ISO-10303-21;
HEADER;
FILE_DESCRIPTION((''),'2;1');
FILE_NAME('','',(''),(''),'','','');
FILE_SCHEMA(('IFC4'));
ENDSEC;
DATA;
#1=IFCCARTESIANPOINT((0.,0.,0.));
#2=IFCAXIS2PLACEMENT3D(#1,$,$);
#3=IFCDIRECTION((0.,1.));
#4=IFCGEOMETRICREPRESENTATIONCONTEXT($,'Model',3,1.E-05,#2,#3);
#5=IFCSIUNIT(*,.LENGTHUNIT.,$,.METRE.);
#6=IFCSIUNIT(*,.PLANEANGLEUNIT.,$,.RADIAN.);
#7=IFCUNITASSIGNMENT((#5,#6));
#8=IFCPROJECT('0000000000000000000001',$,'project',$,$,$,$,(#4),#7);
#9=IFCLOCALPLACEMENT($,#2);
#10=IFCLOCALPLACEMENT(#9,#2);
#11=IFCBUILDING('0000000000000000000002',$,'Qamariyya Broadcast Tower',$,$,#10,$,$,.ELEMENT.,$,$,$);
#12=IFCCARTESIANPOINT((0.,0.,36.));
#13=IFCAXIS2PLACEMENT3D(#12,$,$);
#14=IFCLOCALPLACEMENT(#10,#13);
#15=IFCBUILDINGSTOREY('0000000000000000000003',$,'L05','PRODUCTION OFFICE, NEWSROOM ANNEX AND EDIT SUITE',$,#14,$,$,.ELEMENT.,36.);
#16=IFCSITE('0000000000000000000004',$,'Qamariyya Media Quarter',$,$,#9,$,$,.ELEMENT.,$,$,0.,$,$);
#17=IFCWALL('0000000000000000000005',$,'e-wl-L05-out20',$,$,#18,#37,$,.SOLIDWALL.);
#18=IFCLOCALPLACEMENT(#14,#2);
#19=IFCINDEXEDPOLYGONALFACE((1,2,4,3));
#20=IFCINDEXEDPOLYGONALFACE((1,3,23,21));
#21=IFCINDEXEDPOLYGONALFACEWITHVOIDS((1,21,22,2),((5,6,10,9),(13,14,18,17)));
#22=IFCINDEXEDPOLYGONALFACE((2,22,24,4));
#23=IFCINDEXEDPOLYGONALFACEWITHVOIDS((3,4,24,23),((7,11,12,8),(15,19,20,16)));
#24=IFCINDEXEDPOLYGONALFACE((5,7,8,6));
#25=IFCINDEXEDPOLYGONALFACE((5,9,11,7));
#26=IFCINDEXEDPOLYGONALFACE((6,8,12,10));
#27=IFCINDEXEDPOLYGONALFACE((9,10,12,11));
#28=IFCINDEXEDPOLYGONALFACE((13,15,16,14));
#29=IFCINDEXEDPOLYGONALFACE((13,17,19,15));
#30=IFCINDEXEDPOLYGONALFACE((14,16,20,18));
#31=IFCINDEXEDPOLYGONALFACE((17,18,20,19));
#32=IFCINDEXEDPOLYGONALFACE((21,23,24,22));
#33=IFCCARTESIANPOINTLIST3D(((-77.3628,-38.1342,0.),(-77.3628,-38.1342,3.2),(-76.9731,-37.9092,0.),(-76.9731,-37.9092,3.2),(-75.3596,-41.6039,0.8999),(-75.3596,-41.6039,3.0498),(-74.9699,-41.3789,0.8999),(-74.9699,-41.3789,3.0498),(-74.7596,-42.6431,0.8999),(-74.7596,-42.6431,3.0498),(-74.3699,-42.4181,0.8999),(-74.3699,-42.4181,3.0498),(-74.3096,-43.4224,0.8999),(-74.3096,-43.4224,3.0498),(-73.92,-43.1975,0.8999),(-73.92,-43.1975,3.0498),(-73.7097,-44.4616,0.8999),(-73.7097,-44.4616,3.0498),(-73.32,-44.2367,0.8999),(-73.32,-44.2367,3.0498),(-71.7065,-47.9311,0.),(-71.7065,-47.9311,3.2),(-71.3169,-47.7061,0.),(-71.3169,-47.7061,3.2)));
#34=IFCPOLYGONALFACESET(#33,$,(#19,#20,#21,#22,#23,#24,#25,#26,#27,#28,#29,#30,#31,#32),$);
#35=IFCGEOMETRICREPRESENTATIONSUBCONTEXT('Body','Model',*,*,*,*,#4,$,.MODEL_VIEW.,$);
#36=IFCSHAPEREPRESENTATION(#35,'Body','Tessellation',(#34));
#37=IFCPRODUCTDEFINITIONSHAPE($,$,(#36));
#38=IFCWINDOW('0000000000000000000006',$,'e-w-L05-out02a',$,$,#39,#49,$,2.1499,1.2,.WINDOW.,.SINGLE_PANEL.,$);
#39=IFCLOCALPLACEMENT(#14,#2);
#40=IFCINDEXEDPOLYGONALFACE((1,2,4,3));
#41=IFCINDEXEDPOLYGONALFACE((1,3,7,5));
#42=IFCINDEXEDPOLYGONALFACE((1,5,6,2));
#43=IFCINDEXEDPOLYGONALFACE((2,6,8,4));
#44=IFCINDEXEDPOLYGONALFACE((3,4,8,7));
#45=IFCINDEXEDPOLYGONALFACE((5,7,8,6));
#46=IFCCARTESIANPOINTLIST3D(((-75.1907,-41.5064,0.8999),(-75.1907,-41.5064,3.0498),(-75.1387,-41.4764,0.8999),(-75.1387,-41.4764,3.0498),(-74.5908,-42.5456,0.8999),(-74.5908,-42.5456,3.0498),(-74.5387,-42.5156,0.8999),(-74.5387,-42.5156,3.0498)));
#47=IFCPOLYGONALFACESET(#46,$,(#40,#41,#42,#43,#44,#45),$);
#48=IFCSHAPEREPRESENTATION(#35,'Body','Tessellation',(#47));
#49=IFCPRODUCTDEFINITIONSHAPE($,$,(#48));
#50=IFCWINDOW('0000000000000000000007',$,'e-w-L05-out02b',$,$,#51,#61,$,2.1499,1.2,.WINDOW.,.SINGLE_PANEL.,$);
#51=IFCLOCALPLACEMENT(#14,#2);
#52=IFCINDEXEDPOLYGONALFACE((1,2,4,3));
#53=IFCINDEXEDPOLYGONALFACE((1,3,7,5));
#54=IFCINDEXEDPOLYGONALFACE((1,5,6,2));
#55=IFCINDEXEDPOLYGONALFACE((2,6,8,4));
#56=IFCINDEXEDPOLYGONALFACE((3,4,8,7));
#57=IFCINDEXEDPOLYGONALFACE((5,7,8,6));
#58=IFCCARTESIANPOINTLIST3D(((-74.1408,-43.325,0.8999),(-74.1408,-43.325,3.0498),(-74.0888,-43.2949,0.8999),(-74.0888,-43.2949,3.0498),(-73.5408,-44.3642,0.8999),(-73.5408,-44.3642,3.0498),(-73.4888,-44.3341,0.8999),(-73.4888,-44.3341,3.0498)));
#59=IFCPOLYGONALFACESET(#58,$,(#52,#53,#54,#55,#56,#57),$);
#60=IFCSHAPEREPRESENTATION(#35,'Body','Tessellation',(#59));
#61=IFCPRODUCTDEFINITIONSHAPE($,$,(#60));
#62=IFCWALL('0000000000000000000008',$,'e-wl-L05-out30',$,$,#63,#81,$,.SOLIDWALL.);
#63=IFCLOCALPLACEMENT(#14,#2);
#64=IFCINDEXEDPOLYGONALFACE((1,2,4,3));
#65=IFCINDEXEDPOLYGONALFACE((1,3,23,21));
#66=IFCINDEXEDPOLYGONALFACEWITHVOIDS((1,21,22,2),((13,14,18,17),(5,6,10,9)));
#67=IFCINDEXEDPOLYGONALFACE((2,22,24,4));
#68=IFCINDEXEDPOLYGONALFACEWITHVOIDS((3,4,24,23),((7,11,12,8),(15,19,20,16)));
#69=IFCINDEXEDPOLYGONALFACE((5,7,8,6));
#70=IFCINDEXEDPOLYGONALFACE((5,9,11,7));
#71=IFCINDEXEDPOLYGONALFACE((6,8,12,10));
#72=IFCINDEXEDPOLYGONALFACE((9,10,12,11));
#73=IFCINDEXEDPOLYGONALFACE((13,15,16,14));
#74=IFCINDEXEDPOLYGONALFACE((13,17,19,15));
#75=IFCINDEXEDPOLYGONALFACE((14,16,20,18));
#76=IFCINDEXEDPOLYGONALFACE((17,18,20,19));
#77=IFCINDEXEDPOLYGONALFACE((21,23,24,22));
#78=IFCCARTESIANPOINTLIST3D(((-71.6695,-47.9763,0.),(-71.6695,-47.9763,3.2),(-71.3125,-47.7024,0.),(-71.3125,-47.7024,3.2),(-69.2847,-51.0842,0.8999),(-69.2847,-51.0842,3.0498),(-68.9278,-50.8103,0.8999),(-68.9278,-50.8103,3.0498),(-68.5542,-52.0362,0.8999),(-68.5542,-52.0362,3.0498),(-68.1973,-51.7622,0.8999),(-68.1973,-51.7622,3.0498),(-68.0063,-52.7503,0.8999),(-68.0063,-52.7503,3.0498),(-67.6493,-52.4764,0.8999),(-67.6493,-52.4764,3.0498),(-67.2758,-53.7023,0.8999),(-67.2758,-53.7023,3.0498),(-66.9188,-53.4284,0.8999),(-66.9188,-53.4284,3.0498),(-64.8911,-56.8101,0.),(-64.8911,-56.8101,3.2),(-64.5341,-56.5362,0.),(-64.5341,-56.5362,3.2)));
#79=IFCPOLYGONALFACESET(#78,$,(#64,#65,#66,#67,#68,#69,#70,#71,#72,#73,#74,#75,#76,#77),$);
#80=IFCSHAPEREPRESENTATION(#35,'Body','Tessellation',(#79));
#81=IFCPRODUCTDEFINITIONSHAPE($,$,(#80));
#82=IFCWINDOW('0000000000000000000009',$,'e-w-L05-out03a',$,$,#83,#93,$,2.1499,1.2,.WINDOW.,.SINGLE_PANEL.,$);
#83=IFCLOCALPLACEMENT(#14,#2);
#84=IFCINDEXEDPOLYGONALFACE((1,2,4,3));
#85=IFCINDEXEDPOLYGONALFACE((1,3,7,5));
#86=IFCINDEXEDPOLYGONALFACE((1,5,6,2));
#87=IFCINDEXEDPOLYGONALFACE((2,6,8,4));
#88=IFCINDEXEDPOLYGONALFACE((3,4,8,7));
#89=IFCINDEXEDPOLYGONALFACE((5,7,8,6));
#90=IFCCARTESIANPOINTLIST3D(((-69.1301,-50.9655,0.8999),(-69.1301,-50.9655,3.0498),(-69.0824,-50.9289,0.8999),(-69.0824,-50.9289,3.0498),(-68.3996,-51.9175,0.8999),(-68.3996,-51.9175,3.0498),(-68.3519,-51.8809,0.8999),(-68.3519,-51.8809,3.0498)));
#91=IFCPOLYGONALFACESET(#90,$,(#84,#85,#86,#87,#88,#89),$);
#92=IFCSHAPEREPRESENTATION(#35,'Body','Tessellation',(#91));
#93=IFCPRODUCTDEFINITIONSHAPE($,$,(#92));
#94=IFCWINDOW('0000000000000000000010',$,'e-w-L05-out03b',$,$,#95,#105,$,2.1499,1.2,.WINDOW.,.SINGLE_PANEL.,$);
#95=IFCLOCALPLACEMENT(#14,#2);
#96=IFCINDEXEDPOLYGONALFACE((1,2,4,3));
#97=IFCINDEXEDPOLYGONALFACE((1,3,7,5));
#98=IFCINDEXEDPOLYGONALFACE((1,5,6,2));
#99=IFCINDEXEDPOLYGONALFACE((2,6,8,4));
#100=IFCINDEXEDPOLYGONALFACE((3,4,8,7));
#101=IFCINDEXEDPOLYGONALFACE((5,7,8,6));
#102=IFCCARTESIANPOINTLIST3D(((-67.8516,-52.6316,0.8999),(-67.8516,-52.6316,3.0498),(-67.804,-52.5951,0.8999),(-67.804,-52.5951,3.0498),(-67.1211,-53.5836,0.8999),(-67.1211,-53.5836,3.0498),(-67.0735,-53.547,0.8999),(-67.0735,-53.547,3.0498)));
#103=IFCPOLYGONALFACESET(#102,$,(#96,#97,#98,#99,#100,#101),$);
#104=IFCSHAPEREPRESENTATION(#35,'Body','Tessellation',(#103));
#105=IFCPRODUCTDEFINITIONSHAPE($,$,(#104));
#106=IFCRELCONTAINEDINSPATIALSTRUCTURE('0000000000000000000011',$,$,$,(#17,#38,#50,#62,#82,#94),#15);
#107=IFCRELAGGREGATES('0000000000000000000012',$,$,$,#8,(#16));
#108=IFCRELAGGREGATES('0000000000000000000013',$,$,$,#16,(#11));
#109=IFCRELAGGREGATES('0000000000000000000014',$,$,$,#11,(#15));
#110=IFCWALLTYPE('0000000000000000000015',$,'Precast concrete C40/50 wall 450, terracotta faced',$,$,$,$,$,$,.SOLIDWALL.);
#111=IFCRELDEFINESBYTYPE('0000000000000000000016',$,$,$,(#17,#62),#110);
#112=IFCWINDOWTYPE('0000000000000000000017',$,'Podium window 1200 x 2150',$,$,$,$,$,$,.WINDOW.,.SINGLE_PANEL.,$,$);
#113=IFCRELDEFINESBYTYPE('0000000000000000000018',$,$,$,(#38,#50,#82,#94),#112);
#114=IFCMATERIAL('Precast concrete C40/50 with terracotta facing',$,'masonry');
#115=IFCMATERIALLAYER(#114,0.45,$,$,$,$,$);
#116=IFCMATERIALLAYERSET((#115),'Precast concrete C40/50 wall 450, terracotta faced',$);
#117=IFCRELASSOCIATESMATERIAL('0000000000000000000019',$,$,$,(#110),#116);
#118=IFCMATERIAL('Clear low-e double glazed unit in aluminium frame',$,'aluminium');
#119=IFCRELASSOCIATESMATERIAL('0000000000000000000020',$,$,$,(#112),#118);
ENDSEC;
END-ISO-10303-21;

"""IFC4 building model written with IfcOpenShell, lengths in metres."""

from ifc_helpers import new_model, si_unit, direction, frame, frame_2d, origin, place, context, subcontext, project, spatial, rectangle, extrude, material, layer, layer_set, type_object, element, fill, save


model = new_model("IFC4")

# Units and contexts
model_context = context("Model", 3, precision=1e-05, world=origin(), true_north=direction((0.0, 1.0)))
body_context = subcontext(model_context, "Body", "Model", "MODEL_VIEW")
ifc_project = project(units=[si_unit("LENGTHUNIT", "METRE"), si_unit("PLANEANGLEUNIT", "RADIAN")], contexts=[model_context])

# Site, building, storey
site_placement = place(None, origin())
site = spatial("IfcSite", under=ifc_project, at=site_placement, Name="Qamariyya Media Quarter", CompositionType="ELEMENT", RefElevation=0.0)
building_placement = place(site_placement, origin())
building = spatial("IfcBuilding", under=site, at=building_placement, Name="Qamariyya Broadcast Tower", CompositionType="ELEMENT")
storey_placement = place(building_placement, frame((0.0, 0.0, 36.0)))
storey = spatial("IfcBuildingStorey", under=building, at=storey_placement, Name="L05", Description="PRODUCTION OFFICE, NEWSROOM ANNEX AND EDIT SUITE", CompositionType="ELEMENT", Elevation=36.0)

# Shared definitions
ifc_material_1 = material(Name="Precast concrete C40/50 with terracotta facing", Category="masonry")
ifc_layer = layer(ifc_material_1, 0.45)
ifc_layer_set = layer_set([ifc_layer], Name="Precast concrete C40/50 wall 450, terracotta faced")
wall_type = type_object("IfcWallType", Name="Precast concrete C40/50 wall 450, terracotta faced", PredefinedType="SOLIDWALL", material=ifc_layer_set)

# Walls, openings, windows
ifc_material_2 = material(Name="Clear low-e double glazed unit in aluminium frame", Category="aluminium")
window_type = type_object("IfcWindowType", Name="Podium window 1200 x 2150", PartitioningType="SINGLE_PANEL", PredefinedType="WINDOW", material=ifc_material_2)
wall_1_placement = place(storey_placement, frame((-77.168, -38.0217, 0.0), z_axis=(0.0, 0.0, 1.0), x_axis=(0.500001, -0.866025, 0.0)))
wall_1 = element("IfcWall", 1, at=wall_1_placement, inside=storey, type_object=wall_type, Name="e-wl-L05-out20", PredefinedType="SOLIDWALL", context=body_context, shape_type="SweptSolid", body=[
    extrude(rectangle(XDim=11.3125, YDim=0.45, at=frame_2d((5.6562, 0.0))), origin(), (0.0, 0.0, 1.0), 3.2),
])
opening_1_placement = place(wall_1_placement, frame((4.0063, 0.0, 0.8999)))
opening_1 = element("IfcOpeningElement", 2, at=opening_1_placement, cuts=wall_1, PredefinedType="OPENING", context=body_context, shape_type="SweptSolid", body=[
    extrude(rectangle(XDim=1.2, YDim=2.1499, at=frame_2d((0.6001, 1.075))), frame((0.0, 0.2349, 0.0), z_axis=(0.0, -1.0, 0.0), x_axis=(1.0, 0.0, 0.0)), (0.0, 0.0, 1.0), 0.47),
])
opening_2_placement = place(wall_1_placement, frame((6.1062, 0.0, 0.8999)))
opening_2 = element("IfcOpeningElement", 3, at=opening_2_placement, cuts=wall_1, PredefinedType="OPENING", context=body_context, shape_type="SweptSolid", body=[
    extrude(rectangle(XDim=1.2, YDim=2.1499, at=frame_2d((0.6001, 1.075))), frame((0.0, 0.2349, 0.0), z_axis=(0.0, -1.0, 0.0), x_axis=(1.0, 0.0, 0.0)), (0.0, 0.0, 1.0), 0.47),
])
window_1_placement = place(opening_1_placement, origin())
window_1 = element("IfcWindow", 4, at=window_1_placement, inside=storey, type_object=window_type, Name="e-w-L05-out02a", OverallHeight=2.1499, OverallWidth=1.2, PartitioningType="SINGLE_PANEL", PredefinedType="WINDOW", context=body_context, shape_type="SweptSolid", body=[
    extrude(rectangle(XDim=1.2, YDim=2.1499, at=frame_2d((0.6001, 1.075))), frame((0.0, 0.03, 0.0), z_axis=(0.0, -1.0, 0.0), x_axis=(1.0, 0.0, 0.0)), (0.0, 0.0, 1.0), 0.0601),
])
fill(opening_1, window_1)
window_2_placement = place(opening_2_placement, origin())
window_2 = element("IfcWindow", 5, at=window_2_placement, inside=storey, type_object=window_type, Name="e-w-L05-out02b", OverallHeight=2.1499, OverallWidth=1.2, PartitioningType="SINGLE_PANEL", PredefinedType="WINDOW", context=body_context, shape_type="SweptSolid", body=[
    extrude(rectangle(XDim=1.2, YDim=2.1499, at=frame_2d((0.6001, 1.075))), frame((0.0, 0.03, 0.0), z_axis=(0.0, -1.0, 0.0), x_axis=(1.0, 0.0, 0.0)), (0.0, 0.0, 1.0), 0.0601),
])
fill(opening_2, window_2)
wall_2_placement = place(storey_placement, frame((-71.491, -47.8394, 0.0), z_axis=(0.0, 0.0, 1.0), x_axis=(0.608759, -0.793355, 0.0)))
wall_2 = element("IfcWall", 6, at=wall_2_placement, inside=storey, type_object=wall_type, Name="e-wl-L05-out30", PredefinedType="SOLIDWALL", context=body_context, shape_type="SweptSolid", body=[
    extrude(rectangle(XDim=11.1348, YDim=0.45, at=frame_2d((5.5674, 0.0))), origin(), (0.0, 0.0, 1.0), 3.2),
])
opening_3_placement = place(wall_2_placement, frame((3.9172, 0.0, 0.8999)))
opening_3 = element("IfcOpeningElement", 7, at=opening_3_placement, cuts=wall_2, PredefinedType="OPENING", context=body_context, shape_type="SweptSolid", body=[
    extrude(rectangle(XDim=1.2, YDim=2.1499, at=frame_2d((0.6001, 1.075))), frame((0.0, 0.2349, 0.0), z_axis=(0.0, -1.0, 0.0), x_axis=(1.0, 0.0, 0.0)), (0.0, 0.0, 1.0), 0.47),
])
opening_4_placement = place(wall_2_placement, frame((6.0173, 0.0, 0.8999)))
opening_4 = element("IfcOpeningElement", 8, at=opening_4_placement, cuts=wall_2, PredefinedType="OPENING", context=body_context, shape_type="SweptSolid", body=[
    extrude(rectangle(XDim=1.2, YDim=2.1499, at=frame_2d((0.6001, 1.075))), frame((0.0, 0.2349, 0.0), z_axis=(0.0, -1.0, 0.0), x_axis=(1.0, 0.0, 0.0)), (0.0, 0.0, 1.0), 0.47),
])
window_3_placement = place(opening_3_placement, origin())
window_3 = element("IfcWindow", 9, at=window_3_placement, inside=storey, type_object=window_type, Name="e-w-L05-out03a", OverallHeight=2.1499, OverallWidth=1.2, PartitioningType="SINGLE_PANEL", PredefinedType="WINDOW", context=body_context, shape_type="SweptSolid", body=[
    extrude(rectangle(XDim=1.2, YDim=2.1499, at=frame_2d((0.6001, 1.075))), frame((0.0, 0.03, 0.0), z_axis=(0.0, -1.0, 0.0), x_axis=(1.0, 0.0, 0.0)), (0.0, 0.0, 1.0), 0.0601),
])
fill(opening_3, window_3)
window_4_placement = place(opening_4_placement, origin())
window_4 = element("IfcWindow", 10, at=window_4_placement, inside=storey, type_object=window_type, Name="e-w-L05-out03b", OverallHeight=2.1499, OverallWidth=1.2, PartitioningType="SINGLE_PANEL", PredefinedType="WINDOW", context=body_context, shape_type="SweptSolid", body=[
    extrude(rectangle(XDim=1.2, YDim=2.1499, at=frame_2d((0.6001, 1.075))), frame((0.0, 0.03, 0.0), z_axis=(0.0, -1.0, 0.0), x_axis=(1.0, 0.0, 0.0)), (0.0, 0.0, 1.0), 0.0601),
])
fill(opening_4, window_4)

save(model, "model.ifc")
